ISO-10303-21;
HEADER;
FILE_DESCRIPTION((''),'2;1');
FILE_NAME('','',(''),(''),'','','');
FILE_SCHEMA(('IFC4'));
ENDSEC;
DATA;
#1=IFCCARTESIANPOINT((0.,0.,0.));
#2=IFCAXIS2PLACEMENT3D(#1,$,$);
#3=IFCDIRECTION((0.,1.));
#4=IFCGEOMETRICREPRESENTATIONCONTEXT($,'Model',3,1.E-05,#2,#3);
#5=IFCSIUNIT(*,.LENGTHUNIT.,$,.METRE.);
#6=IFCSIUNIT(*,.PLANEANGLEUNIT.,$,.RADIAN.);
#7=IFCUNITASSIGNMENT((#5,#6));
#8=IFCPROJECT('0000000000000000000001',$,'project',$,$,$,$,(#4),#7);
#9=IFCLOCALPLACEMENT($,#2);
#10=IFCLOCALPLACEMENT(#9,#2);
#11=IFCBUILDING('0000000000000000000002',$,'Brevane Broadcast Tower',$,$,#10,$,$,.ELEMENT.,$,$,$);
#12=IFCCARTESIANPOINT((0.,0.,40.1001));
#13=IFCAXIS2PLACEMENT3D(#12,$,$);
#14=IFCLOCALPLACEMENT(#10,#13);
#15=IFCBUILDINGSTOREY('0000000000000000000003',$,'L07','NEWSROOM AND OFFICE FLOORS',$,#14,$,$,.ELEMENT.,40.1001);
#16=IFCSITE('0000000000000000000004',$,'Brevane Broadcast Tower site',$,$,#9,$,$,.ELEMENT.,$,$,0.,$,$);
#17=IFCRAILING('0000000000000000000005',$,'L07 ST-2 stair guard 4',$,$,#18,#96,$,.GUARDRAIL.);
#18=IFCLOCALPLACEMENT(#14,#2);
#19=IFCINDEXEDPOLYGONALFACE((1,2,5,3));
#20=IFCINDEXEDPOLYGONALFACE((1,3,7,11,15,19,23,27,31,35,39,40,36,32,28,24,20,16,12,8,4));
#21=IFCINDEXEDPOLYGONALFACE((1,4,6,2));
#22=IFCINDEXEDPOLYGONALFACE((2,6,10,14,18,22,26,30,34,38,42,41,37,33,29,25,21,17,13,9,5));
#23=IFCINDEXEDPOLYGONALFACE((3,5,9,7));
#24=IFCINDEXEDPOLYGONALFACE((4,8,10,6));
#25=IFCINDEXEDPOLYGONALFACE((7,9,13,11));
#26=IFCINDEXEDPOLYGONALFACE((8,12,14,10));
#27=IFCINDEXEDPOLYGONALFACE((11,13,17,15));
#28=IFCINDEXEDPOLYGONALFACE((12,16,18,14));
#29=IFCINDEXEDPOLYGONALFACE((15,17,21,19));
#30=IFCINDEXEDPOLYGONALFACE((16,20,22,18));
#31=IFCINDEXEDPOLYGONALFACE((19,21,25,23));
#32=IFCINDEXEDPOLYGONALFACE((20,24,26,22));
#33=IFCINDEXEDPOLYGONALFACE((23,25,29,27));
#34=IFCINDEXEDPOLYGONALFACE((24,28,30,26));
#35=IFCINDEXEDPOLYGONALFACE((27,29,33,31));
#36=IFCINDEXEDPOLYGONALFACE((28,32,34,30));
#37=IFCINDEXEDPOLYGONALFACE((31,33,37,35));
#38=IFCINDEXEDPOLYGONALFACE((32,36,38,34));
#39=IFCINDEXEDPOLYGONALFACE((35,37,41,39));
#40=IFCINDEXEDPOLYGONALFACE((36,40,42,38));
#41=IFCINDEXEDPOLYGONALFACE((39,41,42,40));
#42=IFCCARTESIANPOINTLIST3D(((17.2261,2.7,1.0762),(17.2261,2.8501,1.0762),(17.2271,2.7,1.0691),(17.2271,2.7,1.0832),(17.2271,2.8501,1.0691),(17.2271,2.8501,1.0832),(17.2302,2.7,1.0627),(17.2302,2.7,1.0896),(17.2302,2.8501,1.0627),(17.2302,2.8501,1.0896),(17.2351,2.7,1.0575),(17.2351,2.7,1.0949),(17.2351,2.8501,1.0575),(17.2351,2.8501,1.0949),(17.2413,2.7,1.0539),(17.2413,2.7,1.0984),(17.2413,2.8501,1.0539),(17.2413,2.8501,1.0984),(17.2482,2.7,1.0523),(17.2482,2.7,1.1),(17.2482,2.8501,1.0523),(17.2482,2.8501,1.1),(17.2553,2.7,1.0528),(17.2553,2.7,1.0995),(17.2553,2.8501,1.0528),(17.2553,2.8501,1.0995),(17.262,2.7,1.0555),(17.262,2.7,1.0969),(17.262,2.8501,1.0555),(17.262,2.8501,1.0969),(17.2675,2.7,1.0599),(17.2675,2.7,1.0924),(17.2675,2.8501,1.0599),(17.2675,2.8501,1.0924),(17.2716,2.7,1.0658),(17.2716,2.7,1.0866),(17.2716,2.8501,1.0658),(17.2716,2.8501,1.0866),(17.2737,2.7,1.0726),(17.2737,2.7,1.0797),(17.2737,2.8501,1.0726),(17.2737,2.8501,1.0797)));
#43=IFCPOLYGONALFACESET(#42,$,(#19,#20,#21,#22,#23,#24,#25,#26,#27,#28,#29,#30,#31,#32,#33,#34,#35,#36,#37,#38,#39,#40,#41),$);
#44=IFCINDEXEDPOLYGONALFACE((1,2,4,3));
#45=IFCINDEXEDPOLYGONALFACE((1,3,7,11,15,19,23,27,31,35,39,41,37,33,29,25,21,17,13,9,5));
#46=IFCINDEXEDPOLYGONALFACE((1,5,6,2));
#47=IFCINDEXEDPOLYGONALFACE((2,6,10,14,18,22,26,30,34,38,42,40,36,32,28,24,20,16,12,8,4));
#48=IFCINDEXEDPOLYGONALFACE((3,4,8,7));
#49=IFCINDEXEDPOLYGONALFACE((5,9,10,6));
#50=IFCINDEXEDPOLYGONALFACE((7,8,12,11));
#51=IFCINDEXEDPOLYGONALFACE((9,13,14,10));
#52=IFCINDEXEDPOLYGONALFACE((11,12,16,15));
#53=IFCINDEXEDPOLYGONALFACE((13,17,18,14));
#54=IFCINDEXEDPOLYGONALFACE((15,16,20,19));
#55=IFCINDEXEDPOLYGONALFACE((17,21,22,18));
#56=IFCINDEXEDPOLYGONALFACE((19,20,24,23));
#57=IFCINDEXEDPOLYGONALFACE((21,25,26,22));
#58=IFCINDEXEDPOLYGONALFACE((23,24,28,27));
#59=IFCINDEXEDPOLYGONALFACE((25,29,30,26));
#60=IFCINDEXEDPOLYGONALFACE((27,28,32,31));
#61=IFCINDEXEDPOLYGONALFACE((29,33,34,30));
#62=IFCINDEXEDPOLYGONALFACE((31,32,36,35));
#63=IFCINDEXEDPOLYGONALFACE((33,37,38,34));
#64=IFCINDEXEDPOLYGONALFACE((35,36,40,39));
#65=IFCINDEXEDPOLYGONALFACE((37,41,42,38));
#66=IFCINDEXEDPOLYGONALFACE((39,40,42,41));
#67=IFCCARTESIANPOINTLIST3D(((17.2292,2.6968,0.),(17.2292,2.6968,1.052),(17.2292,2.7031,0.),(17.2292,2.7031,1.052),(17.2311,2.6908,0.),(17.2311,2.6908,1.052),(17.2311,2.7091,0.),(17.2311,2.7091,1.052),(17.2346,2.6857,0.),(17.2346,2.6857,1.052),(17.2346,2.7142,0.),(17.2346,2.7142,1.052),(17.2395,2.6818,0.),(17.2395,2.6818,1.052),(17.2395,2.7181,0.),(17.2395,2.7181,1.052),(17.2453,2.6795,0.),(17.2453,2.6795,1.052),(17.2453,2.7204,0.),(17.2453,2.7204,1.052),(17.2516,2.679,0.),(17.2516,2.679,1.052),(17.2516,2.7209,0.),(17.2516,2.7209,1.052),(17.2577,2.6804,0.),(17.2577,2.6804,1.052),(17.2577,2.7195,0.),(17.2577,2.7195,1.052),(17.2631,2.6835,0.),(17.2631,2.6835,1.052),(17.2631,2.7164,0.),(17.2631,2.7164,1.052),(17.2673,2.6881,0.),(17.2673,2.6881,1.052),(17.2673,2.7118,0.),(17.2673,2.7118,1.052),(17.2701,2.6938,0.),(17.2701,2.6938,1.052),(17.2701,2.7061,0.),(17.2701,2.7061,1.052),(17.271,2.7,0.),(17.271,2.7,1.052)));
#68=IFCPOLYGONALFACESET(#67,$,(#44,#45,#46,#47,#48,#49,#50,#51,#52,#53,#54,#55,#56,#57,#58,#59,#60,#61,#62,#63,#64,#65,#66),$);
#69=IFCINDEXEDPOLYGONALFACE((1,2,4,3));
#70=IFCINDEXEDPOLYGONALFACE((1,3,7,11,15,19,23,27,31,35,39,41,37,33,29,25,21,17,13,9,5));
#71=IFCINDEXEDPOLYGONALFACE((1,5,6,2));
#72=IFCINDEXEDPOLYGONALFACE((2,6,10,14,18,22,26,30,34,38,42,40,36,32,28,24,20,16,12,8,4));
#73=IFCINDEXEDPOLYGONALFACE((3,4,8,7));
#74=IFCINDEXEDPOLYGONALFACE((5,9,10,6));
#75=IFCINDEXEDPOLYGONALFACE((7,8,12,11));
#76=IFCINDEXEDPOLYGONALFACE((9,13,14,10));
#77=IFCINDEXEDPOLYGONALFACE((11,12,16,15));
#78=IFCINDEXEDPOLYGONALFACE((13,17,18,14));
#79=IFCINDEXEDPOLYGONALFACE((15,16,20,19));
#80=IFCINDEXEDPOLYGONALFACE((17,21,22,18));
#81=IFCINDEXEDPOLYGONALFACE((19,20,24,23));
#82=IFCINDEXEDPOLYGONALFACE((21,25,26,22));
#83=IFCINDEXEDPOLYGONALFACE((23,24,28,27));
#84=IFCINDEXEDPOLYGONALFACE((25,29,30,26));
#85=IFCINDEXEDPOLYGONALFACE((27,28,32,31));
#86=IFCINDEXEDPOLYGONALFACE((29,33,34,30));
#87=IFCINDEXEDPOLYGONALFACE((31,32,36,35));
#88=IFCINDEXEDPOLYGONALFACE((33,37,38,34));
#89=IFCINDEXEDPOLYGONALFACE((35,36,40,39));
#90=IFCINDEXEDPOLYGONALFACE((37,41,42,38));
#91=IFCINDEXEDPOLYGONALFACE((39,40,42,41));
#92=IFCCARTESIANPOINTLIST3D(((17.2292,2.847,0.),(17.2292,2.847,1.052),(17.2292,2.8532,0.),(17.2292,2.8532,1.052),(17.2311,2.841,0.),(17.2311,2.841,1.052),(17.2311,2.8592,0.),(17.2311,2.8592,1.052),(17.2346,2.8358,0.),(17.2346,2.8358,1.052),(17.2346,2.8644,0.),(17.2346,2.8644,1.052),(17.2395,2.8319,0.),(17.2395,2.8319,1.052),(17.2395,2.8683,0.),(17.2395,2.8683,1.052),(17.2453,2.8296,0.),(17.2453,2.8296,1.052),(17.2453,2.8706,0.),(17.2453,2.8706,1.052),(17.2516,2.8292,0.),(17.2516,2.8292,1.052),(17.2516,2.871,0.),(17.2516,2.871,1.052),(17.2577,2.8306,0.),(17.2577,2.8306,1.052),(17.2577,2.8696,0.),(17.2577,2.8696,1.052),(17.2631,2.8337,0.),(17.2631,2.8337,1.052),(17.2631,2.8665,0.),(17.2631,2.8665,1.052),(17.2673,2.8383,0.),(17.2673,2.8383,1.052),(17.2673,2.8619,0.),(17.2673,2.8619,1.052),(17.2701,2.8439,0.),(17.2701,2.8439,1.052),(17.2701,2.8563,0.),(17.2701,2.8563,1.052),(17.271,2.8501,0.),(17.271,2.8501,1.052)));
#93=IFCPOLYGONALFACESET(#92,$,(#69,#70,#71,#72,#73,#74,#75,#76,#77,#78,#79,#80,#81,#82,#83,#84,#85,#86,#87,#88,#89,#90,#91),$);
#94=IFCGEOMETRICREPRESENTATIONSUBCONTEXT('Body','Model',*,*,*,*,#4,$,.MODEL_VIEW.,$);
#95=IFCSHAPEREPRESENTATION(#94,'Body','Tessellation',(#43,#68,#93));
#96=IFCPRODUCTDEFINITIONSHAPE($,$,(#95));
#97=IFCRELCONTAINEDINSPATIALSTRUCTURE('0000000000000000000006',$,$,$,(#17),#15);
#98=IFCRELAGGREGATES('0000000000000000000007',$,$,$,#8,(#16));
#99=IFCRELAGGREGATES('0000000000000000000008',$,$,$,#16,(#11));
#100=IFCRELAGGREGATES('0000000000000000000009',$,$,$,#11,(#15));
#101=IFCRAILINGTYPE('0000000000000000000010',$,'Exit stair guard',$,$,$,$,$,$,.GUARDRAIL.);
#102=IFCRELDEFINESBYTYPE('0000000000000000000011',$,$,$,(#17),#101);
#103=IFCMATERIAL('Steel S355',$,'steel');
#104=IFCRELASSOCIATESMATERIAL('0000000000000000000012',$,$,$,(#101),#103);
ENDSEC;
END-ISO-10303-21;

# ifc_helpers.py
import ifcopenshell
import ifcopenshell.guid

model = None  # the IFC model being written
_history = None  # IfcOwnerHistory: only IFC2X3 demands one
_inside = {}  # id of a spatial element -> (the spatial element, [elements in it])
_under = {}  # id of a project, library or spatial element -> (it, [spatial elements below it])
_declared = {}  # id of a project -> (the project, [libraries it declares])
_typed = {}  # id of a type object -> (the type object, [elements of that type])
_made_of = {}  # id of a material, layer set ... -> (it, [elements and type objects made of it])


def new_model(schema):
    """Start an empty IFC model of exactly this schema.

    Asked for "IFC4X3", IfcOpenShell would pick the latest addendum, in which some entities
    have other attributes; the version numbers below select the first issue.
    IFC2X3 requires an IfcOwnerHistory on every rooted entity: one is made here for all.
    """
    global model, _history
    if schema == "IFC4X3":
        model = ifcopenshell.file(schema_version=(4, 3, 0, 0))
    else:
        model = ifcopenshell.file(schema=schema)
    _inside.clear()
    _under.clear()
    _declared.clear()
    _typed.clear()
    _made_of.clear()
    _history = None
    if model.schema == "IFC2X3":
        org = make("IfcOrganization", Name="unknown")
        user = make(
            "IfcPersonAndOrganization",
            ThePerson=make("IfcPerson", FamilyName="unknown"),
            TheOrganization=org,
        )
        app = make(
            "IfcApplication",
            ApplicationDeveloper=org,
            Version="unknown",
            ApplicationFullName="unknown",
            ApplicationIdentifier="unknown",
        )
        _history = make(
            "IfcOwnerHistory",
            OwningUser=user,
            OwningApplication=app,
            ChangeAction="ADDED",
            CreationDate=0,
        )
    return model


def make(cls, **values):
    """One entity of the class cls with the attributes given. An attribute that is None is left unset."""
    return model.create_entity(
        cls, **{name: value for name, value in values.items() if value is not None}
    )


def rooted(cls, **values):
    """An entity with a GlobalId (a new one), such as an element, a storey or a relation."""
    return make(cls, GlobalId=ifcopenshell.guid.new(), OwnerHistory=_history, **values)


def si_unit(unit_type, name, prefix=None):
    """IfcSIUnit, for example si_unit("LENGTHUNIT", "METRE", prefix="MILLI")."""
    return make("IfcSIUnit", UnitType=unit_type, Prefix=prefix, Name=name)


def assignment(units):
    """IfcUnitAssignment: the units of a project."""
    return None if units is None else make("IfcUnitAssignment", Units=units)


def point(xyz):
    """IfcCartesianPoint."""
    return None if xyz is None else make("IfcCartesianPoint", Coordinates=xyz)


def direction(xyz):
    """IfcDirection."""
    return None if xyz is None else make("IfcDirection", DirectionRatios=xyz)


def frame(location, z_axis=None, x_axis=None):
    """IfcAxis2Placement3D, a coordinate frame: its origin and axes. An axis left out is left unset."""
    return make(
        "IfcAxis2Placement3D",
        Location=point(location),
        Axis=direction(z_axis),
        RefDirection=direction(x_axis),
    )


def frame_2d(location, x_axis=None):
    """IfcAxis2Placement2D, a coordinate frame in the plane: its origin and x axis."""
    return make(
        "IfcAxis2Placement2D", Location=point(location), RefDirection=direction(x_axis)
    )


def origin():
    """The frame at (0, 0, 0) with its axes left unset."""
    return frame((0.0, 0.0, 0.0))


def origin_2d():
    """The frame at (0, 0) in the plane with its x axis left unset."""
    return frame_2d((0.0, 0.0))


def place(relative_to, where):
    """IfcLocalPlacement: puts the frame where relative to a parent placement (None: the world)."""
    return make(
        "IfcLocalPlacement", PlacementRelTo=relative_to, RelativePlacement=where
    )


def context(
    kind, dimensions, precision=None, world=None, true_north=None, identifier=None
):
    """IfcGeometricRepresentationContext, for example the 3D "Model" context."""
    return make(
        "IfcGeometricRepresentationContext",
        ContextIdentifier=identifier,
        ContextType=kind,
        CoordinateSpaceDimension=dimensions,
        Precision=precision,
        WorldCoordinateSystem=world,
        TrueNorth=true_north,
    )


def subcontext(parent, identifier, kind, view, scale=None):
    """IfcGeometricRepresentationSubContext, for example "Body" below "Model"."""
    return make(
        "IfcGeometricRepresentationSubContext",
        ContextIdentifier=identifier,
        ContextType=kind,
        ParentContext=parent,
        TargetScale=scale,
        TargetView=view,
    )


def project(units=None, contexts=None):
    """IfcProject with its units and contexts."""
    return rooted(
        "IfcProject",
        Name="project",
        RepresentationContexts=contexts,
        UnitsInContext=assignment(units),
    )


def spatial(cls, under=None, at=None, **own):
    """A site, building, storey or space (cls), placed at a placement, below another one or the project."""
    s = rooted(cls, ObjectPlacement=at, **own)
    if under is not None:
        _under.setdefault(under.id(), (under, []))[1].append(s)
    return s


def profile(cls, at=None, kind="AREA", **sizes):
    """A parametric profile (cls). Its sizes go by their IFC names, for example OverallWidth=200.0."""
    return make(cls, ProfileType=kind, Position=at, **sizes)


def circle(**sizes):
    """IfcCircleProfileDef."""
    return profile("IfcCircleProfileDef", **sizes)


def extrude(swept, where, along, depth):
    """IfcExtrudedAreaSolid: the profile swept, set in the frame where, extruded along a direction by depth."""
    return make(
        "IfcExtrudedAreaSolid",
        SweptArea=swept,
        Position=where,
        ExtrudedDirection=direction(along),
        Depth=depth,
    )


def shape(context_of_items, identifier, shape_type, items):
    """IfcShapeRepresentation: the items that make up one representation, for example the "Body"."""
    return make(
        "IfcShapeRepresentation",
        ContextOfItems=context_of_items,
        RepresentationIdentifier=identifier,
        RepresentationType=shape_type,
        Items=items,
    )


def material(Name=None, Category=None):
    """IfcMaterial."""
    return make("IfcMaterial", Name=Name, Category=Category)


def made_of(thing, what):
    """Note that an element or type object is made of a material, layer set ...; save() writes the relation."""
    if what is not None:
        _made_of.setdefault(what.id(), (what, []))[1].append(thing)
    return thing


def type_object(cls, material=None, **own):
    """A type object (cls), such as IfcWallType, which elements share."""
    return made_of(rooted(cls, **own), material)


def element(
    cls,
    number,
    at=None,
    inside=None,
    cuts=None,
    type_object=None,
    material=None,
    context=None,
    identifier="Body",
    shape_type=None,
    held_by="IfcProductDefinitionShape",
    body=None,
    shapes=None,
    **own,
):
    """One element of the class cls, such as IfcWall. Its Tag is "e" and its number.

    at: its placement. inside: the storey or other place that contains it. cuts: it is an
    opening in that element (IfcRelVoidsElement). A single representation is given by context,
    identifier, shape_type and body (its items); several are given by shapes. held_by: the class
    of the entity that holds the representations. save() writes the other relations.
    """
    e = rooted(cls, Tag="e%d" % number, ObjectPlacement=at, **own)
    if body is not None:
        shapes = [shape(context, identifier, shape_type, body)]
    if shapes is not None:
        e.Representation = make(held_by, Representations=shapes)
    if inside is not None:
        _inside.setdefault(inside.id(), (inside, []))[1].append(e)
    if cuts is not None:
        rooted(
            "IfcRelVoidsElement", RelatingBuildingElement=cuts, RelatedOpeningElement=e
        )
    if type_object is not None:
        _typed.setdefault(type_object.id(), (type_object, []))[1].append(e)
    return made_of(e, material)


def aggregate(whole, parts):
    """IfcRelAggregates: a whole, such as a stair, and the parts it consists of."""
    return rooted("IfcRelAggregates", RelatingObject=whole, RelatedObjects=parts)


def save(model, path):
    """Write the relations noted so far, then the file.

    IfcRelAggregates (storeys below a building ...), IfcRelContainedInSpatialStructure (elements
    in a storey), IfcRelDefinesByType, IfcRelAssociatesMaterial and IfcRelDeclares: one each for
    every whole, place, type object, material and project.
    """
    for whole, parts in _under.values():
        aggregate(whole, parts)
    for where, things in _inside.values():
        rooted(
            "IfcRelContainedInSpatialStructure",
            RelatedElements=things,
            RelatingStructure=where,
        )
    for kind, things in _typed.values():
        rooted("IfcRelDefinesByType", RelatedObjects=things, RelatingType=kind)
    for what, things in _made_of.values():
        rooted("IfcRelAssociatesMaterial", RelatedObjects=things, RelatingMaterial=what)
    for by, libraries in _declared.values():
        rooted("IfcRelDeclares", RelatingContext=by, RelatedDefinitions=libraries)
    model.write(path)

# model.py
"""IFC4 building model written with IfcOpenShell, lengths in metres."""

from ifc_helpers import new_model, si_unit, direction, frame, origin, origin_2d, place, context, subcontext, project, spatial, circle, extrude, material, type_object, element, save


model = new_model("IFC4")

# Units and contexts
model_context = context("Model", 3, precision=1e-05, world=origin(), true_north=direction((0.0, 1.0)))
body_context = subcontext(model_context, "Body", "Model", "MODEL_VIEW")
ifc_project = project(units=[si_unit("LENGTHUNIT", "METRE"), si_unit("PLANEANGLEUNIT", "RADIAN")], contexts=[model_context])

# Site, building, storey
site_placement = place(None, origin())
site = spatial("IfcSite", under=ifc_project, at=site_placement, Name="Brevane Broadcast Tower site", CompositionType="ELEMENT", RefElevation=0.0)
building_placement = place(site_placement, origin())
building = spatial("IfcBuilding", under=site, at=building_placement, Name="Brevane Broadcast Tower", CompositionType="ELEMENT")
storey_placement = place(building_placement, frame((0.0, 0.0, 40.1001)))
storey = spatial("IfcBuildingStorey", under=building, at=storey_placement, Name="L07", Description="NEWSROOM AND OFFICE FLOORS", CompositionType="ELEMENT", Elevation=40.1001)

# Railing
ifc_material_1 = material(Name="Steel S355", Category="steel")
railing_type_1 = type_object("IfcRailingType", Name="Exit stair guard", PredefinedType="GUARDRAIL", material=ifc_material_1)
railing_1_placement = place(storey_placement, frame((17.25, 2.7, 0.0)))
element("IfcRailing", 1, at=railing_1_placement, inside=storey, type_object=railing_type_1, Name="L07 ST-2 stair guard 4", PredefinedType="GUARDRAIL", context=body_context, shape_type="SweptSolid", body=[
    extrude(circle(Radius=0.0239, at=origin_2d()), frame((0.0, 0.0, 1.0762), z_axis=(0.0, 1.0, 0.0), x_axis=(-1.0, 0.0, 0.0)), (0.0, 0.0, 1.0), 0.1501),
    extrude(circle(Radius=0.021, at=origin_2d()), origin(), (0.0, 0.0, 1.0), 1.052),
    extrude(circle(Radius=0.021, at=origin_2d()), frame((0.0, 0.1501, 0.0)), (0.0, 0.0, 1.0), 1.052),
])

save(model, "model.ifc")
